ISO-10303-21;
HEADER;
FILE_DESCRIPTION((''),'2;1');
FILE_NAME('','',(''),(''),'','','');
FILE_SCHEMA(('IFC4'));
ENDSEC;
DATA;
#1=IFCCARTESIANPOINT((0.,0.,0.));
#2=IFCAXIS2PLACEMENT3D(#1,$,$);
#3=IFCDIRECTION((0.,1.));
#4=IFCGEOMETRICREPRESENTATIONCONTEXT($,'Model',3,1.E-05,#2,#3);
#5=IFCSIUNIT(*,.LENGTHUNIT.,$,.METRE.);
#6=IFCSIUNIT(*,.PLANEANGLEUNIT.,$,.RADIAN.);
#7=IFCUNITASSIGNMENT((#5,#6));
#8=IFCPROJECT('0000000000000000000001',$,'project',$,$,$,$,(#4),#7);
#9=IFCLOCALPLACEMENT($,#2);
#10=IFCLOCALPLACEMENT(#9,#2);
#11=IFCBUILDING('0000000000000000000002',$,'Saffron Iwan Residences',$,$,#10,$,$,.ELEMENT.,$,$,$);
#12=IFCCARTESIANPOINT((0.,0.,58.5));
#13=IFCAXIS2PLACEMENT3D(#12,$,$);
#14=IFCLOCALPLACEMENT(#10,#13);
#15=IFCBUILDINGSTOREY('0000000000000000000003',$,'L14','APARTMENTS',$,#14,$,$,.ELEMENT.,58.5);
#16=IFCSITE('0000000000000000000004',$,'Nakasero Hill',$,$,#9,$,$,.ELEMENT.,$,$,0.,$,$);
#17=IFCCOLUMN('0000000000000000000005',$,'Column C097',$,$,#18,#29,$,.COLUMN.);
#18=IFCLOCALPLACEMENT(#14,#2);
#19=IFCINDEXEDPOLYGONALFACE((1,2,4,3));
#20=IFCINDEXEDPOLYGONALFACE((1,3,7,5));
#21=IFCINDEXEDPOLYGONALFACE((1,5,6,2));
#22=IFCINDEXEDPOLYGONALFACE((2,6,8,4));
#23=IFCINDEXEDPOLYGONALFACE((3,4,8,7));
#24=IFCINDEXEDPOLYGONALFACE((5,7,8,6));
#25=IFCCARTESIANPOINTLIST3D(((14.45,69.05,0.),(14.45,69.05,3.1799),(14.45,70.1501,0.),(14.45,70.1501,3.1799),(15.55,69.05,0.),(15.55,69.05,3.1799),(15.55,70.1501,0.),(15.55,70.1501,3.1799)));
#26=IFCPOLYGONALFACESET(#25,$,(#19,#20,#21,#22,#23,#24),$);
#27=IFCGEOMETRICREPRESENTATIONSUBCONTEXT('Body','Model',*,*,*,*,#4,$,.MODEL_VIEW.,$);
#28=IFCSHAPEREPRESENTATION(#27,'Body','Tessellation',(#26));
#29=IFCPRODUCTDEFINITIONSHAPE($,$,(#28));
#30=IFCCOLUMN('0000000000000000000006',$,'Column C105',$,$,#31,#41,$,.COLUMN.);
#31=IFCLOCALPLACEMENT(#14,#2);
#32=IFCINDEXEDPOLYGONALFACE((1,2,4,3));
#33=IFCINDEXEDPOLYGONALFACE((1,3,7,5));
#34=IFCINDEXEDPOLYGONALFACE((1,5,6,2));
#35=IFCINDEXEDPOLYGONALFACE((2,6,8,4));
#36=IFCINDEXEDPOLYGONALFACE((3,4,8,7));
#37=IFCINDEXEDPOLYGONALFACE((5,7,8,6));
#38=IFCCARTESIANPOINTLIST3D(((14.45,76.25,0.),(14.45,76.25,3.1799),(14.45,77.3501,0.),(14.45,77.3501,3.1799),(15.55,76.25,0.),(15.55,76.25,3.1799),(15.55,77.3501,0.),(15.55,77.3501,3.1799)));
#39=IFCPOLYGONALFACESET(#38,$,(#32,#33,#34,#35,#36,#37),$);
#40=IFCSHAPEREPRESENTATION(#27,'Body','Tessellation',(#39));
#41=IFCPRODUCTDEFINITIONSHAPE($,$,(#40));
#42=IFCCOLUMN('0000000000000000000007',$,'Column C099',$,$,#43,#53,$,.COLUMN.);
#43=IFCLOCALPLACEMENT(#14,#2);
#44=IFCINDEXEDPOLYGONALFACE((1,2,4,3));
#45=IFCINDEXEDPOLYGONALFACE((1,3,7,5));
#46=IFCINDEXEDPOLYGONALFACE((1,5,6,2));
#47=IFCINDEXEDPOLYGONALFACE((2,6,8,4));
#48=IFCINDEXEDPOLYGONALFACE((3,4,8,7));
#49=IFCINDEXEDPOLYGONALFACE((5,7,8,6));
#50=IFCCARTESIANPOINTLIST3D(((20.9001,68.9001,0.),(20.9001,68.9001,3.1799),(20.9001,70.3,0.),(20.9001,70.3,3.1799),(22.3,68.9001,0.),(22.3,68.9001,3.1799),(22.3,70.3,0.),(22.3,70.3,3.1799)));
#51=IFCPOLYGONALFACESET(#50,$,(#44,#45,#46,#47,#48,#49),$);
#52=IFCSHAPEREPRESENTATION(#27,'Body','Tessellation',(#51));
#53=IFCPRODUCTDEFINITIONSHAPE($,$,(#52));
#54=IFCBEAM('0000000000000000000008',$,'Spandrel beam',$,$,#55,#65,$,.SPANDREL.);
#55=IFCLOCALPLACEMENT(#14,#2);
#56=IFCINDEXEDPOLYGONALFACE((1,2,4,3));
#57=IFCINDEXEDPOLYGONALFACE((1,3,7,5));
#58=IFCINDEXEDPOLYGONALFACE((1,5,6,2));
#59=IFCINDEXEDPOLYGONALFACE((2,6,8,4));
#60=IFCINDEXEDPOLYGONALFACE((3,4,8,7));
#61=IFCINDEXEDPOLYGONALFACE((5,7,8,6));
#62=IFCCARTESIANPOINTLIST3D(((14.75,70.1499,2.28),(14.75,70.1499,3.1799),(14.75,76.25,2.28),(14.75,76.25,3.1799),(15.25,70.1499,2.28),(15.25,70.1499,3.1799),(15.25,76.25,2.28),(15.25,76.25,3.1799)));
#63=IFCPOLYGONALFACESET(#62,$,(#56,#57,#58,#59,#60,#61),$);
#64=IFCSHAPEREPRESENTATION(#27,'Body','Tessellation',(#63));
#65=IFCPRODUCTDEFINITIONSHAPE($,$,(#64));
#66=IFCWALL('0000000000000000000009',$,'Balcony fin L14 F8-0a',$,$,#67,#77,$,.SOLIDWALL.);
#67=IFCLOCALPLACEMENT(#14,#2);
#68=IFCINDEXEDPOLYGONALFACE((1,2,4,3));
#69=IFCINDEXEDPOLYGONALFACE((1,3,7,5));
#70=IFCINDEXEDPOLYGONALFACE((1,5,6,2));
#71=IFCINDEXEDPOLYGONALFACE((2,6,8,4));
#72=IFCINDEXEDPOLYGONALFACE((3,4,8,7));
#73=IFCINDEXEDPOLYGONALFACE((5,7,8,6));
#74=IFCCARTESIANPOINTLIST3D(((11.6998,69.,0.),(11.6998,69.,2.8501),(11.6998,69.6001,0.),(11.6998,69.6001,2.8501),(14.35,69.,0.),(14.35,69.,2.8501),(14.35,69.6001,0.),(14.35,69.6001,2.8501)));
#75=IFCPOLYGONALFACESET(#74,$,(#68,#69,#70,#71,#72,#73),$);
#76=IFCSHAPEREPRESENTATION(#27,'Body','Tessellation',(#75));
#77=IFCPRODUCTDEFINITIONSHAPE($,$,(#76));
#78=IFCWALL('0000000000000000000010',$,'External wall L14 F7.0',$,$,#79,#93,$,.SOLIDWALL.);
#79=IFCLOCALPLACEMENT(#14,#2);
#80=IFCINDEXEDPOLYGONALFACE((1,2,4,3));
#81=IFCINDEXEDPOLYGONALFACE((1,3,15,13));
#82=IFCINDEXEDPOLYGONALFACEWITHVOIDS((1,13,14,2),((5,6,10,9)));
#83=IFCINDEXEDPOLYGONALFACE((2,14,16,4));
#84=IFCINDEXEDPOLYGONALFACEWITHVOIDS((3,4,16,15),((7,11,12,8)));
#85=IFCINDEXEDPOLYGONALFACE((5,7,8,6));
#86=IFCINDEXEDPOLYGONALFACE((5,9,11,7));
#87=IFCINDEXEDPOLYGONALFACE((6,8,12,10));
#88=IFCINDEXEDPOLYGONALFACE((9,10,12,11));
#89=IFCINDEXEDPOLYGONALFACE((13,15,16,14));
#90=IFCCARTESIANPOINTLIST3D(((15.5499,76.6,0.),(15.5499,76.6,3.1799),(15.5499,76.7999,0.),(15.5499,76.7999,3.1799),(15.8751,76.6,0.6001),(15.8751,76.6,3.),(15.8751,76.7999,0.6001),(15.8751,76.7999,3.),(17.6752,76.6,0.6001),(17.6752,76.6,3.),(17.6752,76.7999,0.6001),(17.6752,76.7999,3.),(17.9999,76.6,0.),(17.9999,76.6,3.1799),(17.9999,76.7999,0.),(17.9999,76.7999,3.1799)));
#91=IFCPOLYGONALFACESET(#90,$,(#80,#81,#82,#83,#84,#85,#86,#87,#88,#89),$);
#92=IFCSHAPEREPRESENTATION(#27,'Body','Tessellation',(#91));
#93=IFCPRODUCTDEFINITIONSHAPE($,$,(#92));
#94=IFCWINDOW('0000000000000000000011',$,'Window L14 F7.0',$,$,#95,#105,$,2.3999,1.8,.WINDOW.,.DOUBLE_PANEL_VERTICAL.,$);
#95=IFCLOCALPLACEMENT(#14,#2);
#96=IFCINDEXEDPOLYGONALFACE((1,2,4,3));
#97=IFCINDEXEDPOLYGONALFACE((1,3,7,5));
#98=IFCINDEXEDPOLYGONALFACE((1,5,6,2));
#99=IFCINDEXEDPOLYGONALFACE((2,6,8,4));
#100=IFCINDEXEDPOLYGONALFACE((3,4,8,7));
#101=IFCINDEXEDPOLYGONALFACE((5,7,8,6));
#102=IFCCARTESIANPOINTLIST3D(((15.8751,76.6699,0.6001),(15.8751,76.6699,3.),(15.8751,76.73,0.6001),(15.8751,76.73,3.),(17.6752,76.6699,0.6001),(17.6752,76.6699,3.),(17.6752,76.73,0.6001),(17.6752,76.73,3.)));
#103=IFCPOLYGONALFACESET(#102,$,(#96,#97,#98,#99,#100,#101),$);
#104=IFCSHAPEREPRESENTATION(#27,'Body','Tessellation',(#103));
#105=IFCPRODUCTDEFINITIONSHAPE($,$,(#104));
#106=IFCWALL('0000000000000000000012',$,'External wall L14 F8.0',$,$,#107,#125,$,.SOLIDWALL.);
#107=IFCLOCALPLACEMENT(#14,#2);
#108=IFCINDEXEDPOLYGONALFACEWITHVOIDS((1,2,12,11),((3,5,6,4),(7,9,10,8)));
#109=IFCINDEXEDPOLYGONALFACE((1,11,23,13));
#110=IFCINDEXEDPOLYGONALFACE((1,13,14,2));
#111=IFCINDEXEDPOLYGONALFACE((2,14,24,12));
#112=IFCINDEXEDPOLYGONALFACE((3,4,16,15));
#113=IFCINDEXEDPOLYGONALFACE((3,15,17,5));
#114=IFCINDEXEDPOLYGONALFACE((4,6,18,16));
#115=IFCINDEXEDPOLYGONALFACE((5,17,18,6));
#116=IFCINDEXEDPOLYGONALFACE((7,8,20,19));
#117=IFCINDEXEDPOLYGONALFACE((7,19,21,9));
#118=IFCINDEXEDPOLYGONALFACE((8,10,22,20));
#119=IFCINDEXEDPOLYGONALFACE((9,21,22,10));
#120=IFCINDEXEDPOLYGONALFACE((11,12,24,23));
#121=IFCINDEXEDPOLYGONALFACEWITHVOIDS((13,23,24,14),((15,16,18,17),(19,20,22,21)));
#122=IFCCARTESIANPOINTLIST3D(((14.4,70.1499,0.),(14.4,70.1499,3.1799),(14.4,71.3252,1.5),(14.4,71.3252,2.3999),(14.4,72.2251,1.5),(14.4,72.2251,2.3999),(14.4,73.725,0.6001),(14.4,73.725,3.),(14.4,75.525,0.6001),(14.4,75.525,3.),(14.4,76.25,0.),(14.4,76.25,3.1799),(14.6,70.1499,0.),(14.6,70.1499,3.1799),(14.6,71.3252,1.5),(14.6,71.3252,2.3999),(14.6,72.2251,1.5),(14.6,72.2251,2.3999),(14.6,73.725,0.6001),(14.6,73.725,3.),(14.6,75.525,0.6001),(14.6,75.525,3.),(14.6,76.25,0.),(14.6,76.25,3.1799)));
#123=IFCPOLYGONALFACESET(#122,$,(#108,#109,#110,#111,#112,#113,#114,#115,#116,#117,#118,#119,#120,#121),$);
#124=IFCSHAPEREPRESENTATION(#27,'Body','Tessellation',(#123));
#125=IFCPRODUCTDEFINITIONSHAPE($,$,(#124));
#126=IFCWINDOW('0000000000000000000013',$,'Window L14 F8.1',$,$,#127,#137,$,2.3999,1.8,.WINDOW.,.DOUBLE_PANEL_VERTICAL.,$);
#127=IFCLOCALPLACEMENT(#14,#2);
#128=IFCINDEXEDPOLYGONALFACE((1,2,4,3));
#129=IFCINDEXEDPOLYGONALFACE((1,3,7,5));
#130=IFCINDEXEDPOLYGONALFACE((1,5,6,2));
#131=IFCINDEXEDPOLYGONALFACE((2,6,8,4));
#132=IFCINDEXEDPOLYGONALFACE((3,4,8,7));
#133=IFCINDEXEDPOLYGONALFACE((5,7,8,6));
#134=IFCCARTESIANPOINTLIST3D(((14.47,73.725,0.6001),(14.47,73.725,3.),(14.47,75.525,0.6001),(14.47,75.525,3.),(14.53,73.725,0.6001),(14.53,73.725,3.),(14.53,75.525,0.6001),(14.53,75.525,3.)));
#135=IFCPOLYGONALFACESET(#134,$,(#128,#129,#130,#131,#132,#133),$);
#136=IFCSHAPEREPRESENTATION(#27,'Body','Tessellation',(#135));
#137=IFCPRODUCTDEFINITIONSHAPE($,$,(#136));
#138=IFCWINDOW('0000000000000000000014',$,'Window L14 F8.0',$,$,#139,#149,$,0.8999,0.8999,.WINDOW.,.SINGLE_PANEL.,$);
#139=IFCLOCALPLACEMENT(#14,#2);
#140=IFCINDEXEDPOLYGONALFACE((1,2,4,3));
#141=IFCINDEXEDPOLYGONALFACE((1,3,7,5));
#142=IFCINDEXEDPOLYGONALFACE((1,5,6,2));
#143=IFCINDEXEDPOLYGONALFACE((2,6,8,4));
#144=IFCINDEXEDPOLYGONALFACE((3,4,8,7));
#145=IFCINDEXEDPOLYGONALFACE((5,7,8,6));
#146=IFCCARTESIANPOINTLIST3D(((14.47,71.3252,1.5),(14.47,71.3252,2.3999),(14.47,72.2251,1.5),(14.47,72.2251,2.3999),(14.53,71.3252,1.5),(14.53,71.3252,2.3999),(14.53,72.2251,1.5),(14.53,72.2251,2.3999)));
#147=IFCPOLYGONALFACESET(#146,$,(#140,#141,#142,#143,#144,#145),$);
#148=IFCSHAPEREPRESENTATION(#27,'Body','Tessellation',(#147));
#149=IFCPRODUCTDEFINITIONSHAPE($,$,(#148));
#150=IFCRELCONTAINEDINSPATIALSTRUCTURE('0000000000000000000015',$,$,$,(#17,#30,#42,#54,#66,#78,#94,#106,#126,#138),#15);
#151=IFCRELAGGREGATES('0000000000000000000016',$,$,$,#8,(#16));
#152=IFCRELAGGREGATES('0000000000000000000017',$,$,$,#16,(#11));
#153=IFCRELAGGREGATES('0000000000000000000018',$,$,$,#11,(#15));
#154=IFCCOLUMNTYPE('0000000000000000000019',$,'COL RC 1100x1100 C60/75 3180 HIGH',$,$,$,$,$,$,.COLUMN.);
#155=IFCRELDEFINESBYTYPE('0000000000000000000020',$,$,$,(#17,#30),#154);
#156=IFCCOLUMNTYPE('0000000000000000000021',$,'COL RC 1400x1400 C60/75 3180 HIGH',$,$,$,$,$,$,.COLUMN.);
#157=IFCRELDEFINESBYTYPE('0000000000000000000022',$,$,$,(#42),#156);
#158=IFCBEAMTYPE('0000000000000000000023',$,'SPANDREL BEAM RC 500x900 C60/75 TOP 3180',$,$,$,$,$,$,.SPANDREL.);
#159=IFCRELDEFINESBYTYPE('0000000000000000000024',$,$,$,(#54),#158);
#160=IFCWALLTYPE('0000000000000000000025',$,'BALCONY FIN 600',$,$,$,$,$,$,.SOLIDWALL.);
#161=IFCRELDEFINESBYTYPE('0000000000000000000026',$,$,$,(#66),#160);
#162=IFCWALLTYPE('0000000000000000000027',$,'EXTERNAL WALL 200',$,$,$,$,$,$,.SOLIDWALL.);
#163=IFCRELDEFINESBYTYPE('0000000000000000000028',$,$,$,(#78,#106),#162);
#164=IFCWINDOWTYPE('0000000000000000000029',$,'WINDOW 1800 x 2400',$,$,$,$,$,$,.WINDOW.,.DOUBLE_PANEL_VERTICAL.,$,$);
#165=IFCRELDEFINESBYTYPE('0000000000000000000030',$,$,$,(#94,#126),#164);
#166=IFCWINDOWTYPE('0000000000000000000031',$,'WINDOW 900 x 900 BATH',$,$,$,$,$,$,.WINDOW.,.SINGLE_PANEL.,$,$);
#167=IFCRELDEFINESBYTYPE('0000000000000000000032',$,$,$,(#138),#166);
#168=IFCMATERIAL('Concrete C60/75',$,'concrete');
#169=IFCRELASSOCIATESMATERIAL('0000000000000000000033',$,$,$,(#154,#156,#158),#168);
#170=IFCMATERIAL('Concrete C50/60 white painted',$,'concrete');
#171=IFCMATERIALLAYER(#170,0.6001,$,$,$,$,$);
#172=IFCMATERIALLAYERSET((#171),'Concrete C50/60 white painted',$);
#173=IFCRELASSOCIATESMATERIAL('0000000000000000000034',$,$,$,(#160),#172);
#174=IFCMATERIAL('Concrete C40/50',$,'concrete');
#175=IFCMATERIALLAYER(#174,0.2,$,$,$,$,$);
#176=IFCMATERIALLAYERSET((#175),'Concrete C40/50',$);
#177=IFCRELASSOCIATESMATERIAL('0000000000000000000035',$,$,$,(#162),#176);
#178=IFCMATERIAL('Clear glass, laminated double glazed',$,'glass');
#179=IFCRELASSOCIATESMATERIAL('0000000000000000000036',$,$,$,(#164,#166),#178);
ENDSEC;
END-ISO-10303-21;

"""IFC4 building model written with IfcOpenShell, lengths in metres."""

from ifc_helpers import new_model, si_unit, direction, frame, frame_2d, origin, origin_2d, place, context, subcontext, project, spatial, rectangle, extrude, source, transform, mapped, material, layer, layer_set, material_profile, profile_set, type_object, element, fill, save


model = new_model("IFC4")

# Units and contexts
model_context = context("Model", 3, precision=1e-05, world=origin(), true_north=direction((0.0, 1.0)))
body_context = subcontext(model_context, "Body", "Model", "MODEL_VIEW")
ifc_project = project(units=[si_unit("LENGTHUNIT", "METRE"), si_unit("PLANEANGLEUNIT", "RADIAN")], contexts=[model_context])

# Site, building, storey
site_placement = place(None, origin())
site = spatial("IfcSite", under=ifc_project, at=site_placement, Name="Nakasero Hill", CompositionType="ELEMENT", RefElevation=0.0)
building_placement = place(site_placement, origin())
building = spatial("IfcBuilding", under=site, at=building_placement, Name="Saffron Iwan Residences", CompositionType="ELEMENT")
storey_placement = place(building_placement, frame((0.0, 0.0, 58.5)))
storey = spatial("IfcBuildingStorey", under=building, at=storey_placement, Name="L14", Description="APARTMENTS", CompositionType="ELEMENT", Elevation=58.5)

# Columns
ifc_material_1 = material(Name="Concrete C60/75", Category="concrete")
ifc_material_profile_1 = material_profile(ifc_material_1, rectangle(XDim=1.1001, YDim=1.1001, at=origin_2d()), Name="RC 1100x1100")
ifc_profile_set_1 = profile_set([ifc_material_profile_1], Name="Concrete C60/75")
column_type_1 = type_object("IfcColumnType", Name="COL RC 1100x1100 C60/75 3180 HIGH", PredefinedType="COLUMN", material=ifc_profile_set_1)
shared_shape_1 = source(origin(), body_context, "Body", "SweptSolid", [
    extrude(rectangle(XDim=1.1001, YDim=1.1001, at=origin_2d()), origin(), (0.0, 0.0, 1.0), 3.1799),
])
for number, where, z_axis, x_axis, name in (
    (1, (15.0, 69.6001, 0.0), (0.0, 0.0, 1.0), (1.0, 0.0, 0.0), "Column C097"),
    (2, (15.0, 76.8, 0.0), (0.0, 0.0, 1.0), (1.0, 0.0, 0.0), "Column C105"),
):
    element("IfcColumn", number, at=place(storey_placement, frame(where, z_axis=z_axis, x_axis=x_axis)), inside=storey, type_object=column_type_1, Name=name, PredefinedType="COLUMN", context=body_context, shape_type="MappedRepresentation", body=[
        mapped(shared_shape_1, transform((0.0, 0.0, 0.0))),
    ])
ifc_material_profile_2 = material_profile(ifc_material_1, rectangle(XDim=1.3999, YDim=1.3999, at=origin_2d()), Name="RC 1400x1400")
ifc_profile_set_2 = profile_set([ifc_material_profile_2], Name="Concrete C60/75")
column_type_2 = type_object("IfcColumnType", Name="COL RC 1400x1400 C60/75 3180 HIGH", PredefinedType="COLUMN", material=ifc_profile_set_2)
shared_shape_2 = source(origin(), body_context, "Body", "SweptSolid", [
    extrude(rectangle(XDim=1.3999, YDim=1.3999, at=origin_2d()), origin(), (0.0, 0.0, 1.0), 3.1799),
])
column_placement = place(storey_placement, frame((21.6001, 69.6001, 0.0), z_axis=(0.0, 0.0, 1.0), x_axis=(1.0, 0.0, 0.0)))
element("IfcColumn", 3, at=column_placement, inside=storey, type_object=column_type_2, Name="Column C099", PredefinedType="COLUMN", context=body_context, shape_type="MappedRepresentation", body=[
    mapped(shared_shape_2, transform((0.0, 0.0, 0.0))),
])

# Beam
ifc_material_profile_3 = material_profile(ifc_material_1, rectangle(XDim=0.5, YDim=0.8999, at=origin_2d()), Name="RC 500x900")
ifc_profile_set_3 = profile_set([ifc_material_profile_3], Name="Concrete C60/75")
beam_type = type_object("IfcBeamType", Name="SPANDREL BEAM RC 500x900 C60/75 TOP 3180", PredefinedType="SPANDREL", material=ifc_profile_set_3)
shared_shape_3 = source(origin(), body_context, "Body", "SweptSolid", [
    extrude(rectangle(XDim=0.5, YDim=0.8999, at=origin_2d()), origin(), (0.0, 0.0, 1.0), 6.1001),
])
beam_placement = place(storey_placement, frame((15.0, 70.1499, 2.73), z_axis=(0.0, 1.0, 0.0), x_axis=(-1.0, 0.0, 0.0)))
element("IfcBeam", 4, at=beam_placement, inside=storey, type_object=beam_type, Name="Spandrel beam", PredefinedType="SPANDREL", context=body_context, shape_type="MappedRepresentation", body=[
    mapped(shared_shape_3, transform((0.0, 0.0, 0.0))),
])

# Wall
ifc_material_2 = material(Name="Concrete C50/60 white painted", Category="concrete")
ifc_layer_1 = layer(ifc_material_2, 0.6001)
ifc_layer_set_1 = layer_set([ifc_layer_1], Name="Concrete C50/60 white painted")
wall_type_1 = type_object("IfcWallType", Name="BALCONY FIN 600", PredefinedType="SOLIDWALL", material=ifc_layer_set_1)
wall_1_placement = place(storey_placement, frame((14.3501, 69.3, 0.0), z_axis=(0.0, 0.0, 1.0), x_axis=(-1.0, 0.0, 0.0)))
element("IfcWall", 5, at=wall_1_placement, inside=storey, type_object=wall_type_1, Name="Balcony fin L14 F8-0a", PredefinedType="SOLIDWALL", context=body_context, shape_type="SweptSolid", body=[
    extrude(rectangle(XDim=2.6501, YDim=0.6001, at=frame_2d((1.3252, 0.0))), origin(), (0.0, 0.0, 1.0), 2.8501),
])

# Wall, opening, window
ifc_material_3 = material(Name="Concrete C40/50", Category="concrete")
ifc_layer_2 = layer(ifc_material_3, 0.2)
ifc_layer_set_2 = layer_set([ifc_layer_2], Name="Concrete C40/50")
wall_type_2 = type_object("IfcWallType", Name="EXTERNAL WALL 200", PredefinedType="SOLIDWALL", material=ifc_layer_set_2)
wall_2_placement = place(storey_placement, frame((18.0, 76.7, 0.0), z_axis=(0.0, 0.0, 1.0), x_axis=(-1.0, 0.0, 0.0)))
wall_2 = element("IfcWall", 6, at=wall_2_placement, inside=storey, type_object=wall_type_2, Name="External wall L14 F7.0", PredefinedType="SOLIDWALL", context=body_context, shape_type="SweptSolid", body=[
    extrude(rectangle(XDim=2.45, YDim=0.2, at=frame_2d((1.2251, 0.0))), origin(), (0.0, 0.0, 1.0), 3.1799),
])
opening_1_placement = place(wall_2_placement, frame((0.325, 0.0, 0.6001)))
opening_1 = element("IfcOpeningElement", 7, at=opening_1_placement, cuts=wall_2, PredefinedType="OPENING", context=body_context, shape_type="SweptSolid", body=[
    extrude(rectangle(XDim=1.8, YDim=2.3999, at=frame_2d((0.8999, 1.2))), frame((0.0, 0.1099, 0.0), z_axis=(0.0, -1.0, 0.0), x_axis=(1.0, 0.0, 0.0)), (0.0, 0.0, 1.0), 0.22),
])
ifc_material_4 = material(Name="Clear glass, laminated double glazed", Category="glass")
window_type_1 = type_object("IfcWindowType", Name="WINDOW 1800 x 2400", PartitioningType="DOUBLE_PANEL_VERTICAL", PredefinedType="WINDOW", material=ifc_material_4)
window_1_placement = place(opening_1_placement, origin())
window_1 = element("IfcWindow", 8, at=window_1_placement, inside=storey, type_object=window_type_1, Name="Window L14 F7.0", OverallHeight=2.3999, OverallWidth=1.8, PartitioningType="DOUBLE_PANEL_VERTICAL", PredefinedType="WINDOW", context=body_context, shape_type="SweptSolid", body=[
    extrude(rectangle(XDim=1.8, YDim=2.3999, at=frame_2d((0.8999, 1.2))), frame((0.0, 0.03, 0.0), z_axis=(0.0, -1.0, 0.0), x_axis=(1.0, 0.0, 0.0)), (0.0, 0.0, 1.0), 0.0601),
])
fill(opening_1, window_1)

# Wall, openings, windows
wall_3_placement = place(storey_placement, frame((14.5, 76.25, 0.0), z_axis=(0.0, 0.0, 1.0), x_axis=(0.0, -1.0, 0.0)))
wall_3 = element("IfcWall", 9, at=wall_3_placement, inside=storey, type_object=wall_type_2, Name="External wall L14 F8.0", PredefinedType="SOLIDWALL", context=body_context, shape_type="SweptSolid", body=[
    extrude(rectangle(XDim=6.1001, YDim=0.2, at=frame_2d((3.05, 0.0))), origin(), (0.0, 0.0, 1.0), 3.1799),
])
opening_2_placement = place(wall_3_placement, frame((4.0249, 0.0, 1.5)))
opening_2 = element("IfcOpeningElement", 10, at=opening_2_placement, cuts=wall_3, PredefinedType="OPENING", context=body_context, shape_type="SweptSolid", body=[
    extrude(rectangle(XDim=0.8999, YDim=0.8999, at=frame_2d((0.45, 0.45))), frame((0.0, 0.1099, 0.0), z_axis=(0.0, -1.0, 0.0), x_axis=(1.0, 0.0, 0.0)), (0.0, 0.0, 1.0), 0.22),
])
opening_3_placement = place(wall_3_placement, frame((0.7251, 0.0, 0.6001)))
opening_3 = element("IfcOpeningElement", 11, at=opening_3_placement, cuts=wall_3, PredefinedType="OPENING", context=body_context, shape_type="SweptSolid", body=[
    extrude(rectangle(XDim=1.8, YDim=2.3999, at=frame_2d((0.8999, 1.2))), frame((0.0, 0.1099, 0.0), z_axis=(0.0, -1.0, 0.0), x_axis=(1.0, 0.0, 0.0)), (0.0, 0.0, 1.0), 0.22),
])
window_2_placement = place(opening_3_placement, origin())
window_2 = element("IfcWindow", 12, at=window_2_placement, inside=storey, type_object=window_type_1, Name="Window L14 F8.1", OverallHeight=2.3999, OverallWidth=1.8, PartitioningType="DOUBLE_PANEL_VERTICAL", PredefinedType="WINDOW", context=body_context, shape_type="SweptSolid", body=[
    extrude(rectangle(XDim=1.8, YDim=2.3999, at=frame_2d((0.8999, 1.2))), frame((0.0, 0.03, 0.0), z_axis=(0.0, -1.0, 0.0), x_axis=(1.0, 0.0, 0.0)), (0.0, 0.0, 1.0), 0.0601),
])
fill(opening_3, window_2)
window_type_2 = type_object("IfcWindowType", Name="WINDOW 900 x 900 BATH", PartitioningType="SINGLE_PANEL", PredefinedType="WINDOW", material=ifc_material_4)
window_3_placement = place(opening_2_placement, origin())
window_3 = element("IfcWindow", 13, at=window_3_placement, inside=storey, type_object=window_type_2, Name="Window L14 F8.0", OverallHeight=0.8999, OverallWidth=0.8999, PartitioningType="SINGLE_PANEL", PredefinedType="WINDOW", context=body_context, shape_type="SweptSolid", body=[
    extrude(rectangle(XDim=0.8999, YDim=0.8999, at=frame_2d((0.45, 0.45))), frame((0.0, 0.03, 0.0), z_axis=(0.0, -1.0, 0.0), x_axis=(1.0, 0.0, 0.0)), (0.0, 0.0, 1.0), 0.0601),
])
fill(opening_2, window_3)

save(model, "model.ifc")
